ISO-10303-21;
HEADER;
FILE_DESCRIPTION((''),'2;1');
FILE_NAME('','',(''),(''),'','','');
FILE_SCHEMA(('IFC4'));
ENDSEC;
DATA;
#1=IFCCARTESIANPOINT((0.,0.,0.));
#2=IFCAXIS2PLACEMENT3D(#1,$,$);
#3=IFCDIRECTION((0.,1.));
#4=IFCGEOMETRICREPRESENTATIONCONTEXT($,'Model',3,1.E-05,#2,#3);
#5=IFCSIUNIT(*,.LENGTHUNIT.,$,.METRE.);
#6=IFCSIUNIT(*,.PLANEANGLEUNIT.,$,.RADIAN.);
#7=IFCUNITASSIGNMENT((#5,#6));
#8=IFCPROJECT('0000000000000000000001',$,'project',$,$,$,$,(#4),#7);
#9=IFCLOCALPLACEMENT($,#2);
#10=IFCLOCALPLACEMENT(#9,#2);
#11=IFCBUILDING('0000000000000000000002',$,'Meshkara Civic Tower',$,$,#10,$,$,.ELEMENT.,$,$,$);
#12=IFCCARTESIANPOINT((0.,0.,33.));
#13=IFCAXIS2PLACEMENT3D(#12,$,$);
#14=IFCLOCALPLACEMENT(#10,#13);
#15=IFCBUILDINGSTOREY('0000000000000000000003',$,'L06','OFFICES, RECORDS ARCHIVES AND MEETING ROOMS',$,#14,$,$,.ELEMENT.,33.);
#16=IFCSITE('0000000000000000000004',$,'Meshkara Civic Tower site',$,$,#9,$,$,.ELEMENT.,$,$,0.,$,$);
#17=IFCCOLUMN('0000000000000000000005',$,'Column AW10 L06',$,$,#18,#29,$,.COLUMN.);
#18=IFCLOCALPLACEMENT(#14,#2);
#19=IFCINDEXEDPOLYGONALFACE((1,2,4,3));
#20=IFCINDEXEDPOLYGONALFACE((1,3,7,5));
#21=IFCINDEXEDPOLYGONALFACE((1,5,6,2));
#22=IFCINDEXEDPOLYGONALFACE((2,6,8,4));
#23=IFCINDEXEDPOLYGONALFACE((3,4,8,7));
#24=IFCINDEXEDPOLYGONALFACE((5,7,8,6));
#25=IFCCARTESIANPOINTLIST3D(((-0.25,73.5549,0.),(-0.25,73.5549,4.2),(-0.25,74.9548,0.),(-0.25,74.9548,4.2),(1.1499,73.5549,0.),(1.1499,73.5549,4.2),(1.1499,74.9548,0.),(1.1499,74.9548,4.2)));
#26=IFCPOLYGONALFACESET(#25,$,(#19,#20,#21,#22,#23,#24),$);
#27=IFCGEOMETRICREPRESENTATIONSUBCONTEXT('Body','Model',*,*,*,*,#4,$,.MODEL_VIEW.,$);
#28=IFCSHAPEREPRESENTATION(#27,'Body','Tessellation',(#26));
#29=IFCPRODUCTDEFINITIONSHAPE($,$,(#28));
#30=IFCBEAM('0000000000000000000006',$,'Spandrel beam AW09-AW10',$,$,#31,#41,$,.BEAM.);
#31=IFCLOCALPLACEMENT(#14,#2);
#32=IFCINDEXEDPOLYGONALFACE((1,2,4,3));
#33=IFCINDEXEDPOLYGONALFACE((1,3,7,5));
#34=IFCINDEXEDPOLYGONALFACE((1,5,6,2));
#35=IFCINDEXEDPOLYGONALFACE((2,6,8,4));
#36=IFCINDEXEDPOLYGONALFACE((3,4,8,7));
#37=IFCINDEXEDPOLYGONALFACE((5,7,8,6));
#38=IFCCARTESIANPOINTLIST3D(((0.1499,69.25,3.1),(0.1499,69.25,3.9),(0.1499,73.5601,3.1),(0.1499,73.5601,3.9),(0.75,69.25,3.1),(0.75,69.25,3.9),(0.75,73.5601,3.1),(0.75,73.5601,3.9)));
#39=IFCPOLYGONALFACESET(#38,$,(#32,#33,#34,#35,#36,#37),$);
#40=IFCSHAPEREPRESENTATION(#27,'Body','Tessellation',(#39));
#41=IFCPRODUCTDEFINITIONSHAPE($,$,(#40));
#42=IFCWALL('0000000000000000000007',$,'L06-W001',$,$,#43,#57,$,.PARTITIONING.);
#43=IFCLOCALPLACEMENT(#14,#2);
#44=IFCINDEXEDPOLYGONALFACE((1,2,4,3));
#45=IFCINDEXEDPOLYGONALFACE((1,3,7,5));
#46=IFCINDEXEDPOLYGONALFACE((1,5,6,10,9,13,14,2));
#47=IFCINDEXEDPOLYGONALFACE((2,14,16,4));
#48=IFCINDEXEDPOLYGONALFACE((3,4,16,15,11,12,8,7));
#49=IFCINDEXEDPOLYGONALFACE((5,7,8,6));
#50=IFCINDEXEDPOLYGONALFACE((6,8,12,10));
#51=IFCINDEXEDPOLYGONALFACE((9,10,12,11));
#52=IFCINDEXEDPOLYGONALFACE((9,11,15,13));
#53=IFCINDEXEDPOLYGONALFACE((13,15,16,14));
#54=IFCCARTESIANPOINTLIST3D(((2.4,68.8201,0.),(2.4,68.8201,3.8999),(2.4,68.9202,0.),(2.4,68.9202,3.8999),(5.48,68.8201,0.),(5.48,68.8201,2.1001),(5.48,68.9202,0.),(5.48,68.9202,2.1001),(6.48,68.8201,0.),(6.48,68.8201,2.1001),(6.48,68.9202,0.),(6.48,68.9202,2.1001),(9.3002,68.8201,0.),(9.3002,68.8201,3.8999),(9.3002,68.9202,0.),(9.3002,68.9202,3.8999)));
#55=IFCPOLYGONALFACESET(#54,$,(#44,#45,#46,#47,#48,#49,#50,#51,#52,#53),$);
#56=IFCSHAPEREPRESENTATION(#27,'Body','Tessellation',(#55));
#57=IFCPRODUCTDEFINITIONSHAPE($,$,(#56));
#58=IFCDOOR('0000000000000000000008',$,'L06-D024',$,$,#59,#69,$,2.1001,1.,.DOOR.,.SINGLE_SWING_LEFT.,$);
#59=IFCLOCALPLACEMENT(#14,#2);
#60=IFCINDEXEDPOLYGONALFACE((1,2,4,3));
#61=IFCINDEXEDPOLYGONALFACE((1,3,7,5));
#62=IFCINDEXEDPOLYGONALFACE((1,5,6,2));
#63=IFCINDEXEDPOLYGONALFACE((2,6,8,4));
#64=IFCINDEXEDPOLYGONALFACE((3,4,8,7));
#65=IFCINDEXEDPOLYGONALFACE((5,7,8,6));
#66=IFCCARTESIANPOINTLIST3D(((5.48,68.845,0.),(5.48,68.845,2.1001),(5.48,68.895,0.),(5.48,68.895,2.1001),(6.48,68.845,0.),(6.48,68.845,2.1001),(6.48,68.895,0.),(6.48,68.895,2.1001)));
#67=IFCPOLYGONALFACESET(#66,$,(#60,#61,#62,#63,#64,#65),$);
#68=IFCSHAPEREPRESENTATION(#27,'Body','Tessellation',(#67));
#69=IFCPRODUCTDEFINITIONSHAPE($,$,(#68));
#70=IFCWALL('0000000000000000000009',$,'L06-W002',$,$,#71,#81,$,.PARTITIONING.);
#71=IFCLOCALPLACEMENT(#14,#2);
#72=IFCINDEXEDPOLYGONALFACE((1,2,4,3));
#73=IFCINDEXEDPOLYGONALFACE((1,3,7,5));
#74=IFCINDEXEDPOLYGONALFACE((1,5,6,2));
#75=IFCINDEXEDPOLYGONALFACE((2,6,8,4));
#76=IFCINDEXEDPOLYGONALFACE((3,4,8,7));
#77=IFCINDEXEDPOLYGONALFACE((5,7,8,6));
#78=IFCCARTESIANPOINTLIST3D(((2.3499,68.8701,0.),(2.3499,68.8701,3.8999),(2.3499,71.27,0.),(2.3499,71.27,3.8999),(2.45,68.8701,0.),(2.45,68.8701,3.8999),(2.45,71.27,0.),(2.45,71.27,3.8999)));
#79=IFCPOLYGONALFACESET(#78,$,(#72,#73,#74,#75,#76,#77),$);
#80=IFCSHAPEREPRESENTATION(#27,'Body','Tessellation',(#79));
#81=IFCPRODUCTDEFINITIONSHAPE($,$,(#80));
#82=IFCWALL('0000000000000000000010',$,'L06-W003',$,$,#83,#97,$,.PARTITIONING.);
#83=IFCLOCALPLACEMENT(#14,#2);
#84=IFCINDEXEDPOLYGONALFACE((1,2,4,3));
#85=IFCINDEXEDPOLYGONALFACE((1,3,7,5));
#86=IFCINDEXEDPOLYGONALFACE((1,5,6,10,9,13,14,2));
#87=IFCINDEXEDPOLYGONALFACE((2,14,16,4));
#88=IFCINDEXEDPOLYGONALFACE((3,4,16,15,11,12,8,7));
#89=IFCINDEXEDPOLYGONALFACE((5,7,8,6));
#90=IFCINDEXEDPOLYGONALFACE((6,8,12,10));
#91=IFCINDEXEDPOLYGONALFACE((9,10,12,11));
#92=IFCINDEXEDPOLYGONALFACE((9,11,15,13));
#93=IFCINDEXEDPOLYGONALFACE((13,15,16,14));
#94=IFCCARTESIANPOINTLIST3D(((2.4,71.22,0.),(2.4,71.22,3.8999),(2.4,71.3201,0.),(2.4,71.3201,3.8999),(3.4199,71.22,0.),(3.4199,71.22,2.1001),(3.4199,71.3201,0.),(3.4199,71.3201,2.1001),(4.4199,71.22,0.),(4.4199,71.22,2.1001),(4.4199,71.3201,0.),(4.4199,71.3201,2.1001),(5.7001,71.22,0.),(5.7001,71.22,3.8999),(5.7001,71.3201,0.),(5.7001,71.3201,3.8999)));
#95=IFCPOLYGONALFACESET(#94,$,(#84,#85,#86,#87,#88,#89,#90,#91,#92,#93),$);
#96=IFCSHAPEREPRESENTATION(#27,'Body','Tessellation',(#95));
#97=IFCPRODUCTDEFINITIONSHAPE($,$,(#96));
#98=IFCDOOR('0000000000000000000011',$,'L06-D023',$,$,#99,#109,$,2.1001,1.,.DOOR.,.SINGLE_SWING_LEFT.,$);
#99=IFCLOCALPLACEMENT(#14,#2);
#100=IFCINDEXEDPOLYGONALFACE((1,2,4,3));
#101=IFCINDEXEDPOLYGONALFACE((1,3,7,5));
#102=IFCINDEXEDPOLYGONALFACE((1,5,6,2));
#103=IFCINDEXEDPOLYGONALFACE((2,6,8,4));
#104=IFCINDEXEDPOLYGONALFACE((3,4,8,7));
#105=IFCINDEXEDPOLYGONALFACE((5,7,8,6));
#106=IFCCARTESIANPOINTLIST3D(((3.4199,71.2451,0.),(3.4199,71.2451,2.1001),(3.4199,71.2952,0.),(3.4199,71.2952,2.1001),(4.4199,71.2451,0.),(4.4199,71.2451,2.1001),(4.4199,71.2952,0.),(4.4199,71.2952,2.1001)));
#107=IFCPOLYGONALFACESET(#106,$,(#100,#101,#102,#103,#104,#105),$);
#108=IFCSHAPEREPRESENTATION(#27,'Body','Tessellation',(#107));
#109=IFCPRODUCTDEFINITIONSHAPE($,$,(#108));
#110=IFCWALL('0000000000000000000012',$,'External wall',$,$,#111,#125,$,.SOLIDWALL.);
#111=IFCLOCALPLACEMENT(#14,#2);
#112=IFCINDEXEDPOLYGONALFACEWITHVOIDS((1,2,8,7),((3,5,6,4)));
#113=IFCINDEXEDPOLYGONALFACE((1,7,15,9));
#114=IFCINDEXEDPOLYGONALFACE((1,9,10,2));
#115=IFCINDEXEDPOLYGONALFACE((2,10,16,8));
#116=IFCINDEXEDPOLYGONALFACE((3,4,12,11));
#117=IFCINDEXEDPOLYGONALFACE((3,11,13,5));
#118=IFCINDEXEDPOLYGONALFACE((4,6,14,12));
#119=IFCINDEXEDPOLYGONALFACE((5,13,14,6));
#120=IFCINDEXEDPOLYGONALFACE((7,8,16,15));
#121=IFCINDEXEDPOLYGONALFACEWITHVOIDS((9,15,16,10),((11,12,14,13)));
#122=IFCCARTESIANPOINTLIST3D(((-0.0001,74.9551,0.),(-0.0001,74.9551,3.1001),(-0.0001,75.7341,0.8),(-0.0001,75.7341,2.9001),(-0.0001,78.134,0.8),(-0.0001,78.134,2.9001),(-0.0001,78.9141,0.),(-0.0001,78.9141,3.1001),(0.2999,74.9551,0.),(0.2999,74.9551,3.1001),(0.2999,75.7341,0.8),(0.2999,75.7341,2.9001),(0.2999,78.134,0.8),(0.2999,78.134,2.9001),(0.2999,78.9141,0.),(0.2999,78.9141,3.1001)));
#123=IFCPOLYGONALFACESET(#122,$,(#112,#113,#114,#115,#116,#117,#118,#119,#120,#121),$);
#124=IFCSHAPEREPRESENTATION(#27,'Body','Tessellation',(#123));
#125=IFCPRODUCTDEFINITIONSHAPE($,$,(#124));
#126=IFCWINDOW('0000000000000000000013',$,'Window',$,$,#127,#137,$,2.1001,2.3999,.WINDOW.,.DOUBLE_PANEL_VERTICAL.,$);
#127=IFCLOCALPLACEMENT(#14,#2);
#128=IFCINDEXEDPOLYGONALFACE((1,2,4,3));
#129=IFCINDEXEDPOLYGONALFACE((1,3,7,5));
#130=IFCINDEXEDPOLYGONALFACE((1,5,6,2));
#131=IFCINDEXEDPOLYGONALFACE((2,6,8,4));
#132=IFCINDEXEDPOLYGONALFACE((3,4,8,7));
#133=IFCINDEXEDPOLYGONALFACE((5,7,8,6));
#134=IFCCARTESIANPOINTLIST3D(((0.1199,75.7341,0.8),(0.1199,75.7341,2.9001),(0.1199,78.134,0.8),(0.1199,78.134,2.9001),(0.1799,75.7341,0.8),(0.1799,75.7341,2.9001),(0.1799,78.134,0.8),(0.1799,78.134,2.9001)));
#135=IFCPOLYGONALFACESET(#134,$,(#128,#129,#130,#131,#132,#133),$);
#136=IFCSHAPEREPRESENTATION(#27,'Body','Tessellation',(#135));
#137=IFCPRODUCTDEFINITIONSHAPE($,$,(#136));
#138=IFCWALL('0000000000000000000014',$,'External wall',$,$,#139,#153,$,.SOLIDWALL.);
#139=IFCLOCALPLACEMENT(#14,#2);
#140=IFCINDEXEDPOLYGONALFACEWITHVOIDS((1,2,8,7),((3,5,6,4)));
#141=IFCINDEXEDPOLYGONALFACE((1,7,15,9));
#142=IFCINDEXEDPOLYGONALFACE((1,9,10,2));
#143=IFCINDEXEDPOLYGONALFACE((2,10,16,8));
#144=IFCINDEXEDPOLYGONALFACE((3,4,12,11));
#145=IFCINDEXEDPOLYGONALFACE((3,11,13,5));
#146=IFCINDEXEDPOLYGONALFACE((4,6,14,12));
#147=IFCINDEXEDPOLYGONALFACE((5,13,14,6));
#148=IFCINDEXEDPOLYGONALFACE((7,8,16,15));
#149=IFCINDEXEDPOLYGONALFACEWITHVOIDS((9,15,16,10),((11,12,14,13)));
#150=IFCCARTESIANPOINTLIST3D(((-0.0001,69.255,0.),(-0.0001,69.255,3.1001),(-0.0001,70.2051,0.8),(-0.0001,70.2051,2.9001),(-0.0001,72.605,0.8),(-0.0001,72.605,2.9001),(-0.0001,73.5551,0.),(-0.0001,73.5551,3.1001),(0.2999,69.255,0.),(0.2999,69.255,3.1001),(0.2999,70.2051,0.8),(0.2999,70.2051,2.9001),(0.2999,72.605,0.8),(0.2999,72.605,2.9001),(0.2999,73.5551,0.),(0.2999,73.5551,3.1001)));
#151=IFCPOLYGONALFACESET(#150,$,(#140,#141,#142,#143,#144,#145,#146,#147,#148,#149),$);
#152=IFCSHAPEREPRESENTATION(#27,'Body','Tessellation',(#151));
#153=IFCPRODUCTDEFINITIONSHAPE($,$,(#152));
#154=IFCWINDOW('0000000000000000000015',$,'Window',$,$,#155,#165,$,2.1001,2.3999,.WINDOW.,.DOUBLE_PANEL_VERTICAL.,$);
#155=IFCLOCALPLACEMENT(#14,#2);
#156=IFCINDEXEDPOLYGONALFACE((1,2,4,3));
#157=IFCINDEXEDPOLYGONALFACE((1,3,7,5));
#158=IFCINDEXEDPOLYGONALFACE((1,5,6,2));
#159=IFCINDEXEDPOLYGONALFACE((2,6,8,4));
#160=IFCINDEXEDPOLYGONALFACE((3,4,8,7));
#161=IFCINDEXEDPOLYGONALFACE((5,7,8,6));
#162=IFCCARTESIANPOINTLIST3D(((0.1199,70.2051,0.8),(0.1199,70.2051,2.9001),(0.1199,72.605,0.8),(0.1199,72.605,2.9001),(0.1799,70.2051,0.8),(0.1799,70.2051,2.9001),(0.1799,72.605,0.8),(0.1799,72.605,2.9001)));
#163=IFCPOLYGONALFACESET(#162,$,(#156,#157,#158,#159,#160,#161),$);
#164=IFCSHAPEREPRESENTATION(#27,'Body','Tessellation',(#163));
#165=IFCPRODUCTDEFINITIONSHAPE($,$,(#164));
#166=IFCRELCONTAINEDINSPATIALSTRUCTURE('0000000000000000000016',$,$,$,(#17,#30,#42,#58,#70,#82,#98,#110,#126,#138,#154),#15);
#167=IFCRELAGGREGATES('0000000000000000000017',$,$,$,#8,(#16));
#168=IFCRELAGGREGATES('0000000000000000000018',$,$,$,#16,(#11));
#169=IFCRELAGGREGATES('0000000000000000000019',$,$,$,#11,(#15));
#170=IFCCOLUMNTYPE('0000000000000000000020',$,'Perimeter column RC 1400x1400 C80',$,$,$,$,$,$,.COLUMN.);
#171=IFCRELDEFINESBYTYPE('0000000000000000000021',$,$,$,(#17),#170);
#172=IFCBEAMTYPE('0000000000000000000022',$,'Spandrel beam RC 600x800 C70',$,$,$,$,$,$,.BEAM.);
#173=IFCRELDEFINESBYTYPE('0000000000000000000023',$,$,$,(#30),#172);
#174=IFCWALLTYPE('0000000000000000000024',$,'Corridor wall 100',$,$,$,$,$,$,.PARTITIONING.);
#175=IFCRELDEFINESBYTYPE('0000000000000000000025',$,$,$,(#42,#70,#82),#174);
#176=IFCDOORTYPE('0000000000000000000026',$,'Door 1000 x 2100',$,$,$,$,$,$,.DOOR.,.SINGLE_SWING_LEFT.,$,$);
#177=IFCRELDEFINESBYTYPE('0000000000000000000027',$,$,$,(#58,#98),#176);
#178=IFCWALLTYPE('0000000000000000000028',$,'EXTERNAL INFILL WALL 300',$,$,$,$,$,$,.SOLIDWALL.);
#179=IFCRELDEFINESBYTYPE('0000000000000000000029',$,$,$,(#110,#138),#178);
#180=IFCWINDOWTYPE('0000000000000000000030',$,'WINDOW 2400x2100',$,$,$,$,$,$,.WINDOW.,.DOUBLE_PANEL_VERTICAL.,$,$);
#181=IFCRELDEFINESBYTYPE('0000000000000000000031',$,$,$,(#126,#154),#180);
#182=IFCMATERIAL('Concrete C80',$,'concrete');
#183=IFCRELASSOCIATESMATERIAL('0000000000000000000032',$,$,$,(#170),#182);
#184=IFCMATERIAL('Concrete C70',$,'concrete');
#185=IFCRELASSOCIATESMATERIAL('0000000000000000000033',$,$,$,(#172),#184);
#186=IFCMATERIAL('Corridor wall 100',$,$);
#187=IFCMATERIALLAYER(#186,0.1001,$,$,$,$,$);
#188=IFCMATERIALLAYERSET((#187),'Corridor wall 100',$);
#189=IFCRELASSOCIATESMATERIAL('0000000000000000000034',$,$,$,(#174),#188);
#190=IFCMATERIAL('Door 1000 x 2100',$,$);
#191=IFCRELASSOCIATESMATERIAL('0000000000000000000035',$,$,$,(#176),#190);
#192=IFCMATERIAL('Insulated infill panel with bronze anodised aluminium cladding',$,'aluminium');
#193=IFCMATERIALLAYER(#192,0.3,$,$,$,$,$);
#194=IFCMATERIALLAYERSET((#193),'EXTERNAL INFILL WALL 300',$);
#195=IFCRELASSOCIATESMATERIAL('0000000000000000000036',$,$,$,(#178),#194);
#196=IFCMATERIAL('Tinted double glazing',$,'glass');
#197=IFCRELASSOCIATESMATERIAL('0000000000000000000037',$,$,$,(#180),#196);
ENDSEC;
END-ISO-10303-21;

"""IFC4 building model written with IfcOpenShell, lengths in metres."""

from ifc_helpers import new_model, si_unit, direction, frame, frame_2d, origin, origin_2d, place, context, subcontext, project, spatial, rectangle, extrude, material, layer, layer_set, material_profile, profile_set, type_object, element, fill, save


model = new_model("IFC4")

# Units and contexts
model_context = context("Model", 3, precision=1e-05, world=origin(), true_north=direction((0.0, 1.0)))
body_context = subcontext(model_context, "Body", "Model", "MODEL_VIEW")
ifc_project = project(units=[si_unit("LENGTHUNIT", "METRE"), si_unit("PLANEANGLEUNIT", "RADIAN")], contexts=[model_context])

# Site, building, storey
site_placement = place(None, origin())
site = spatial("IfcSite", under=ifc_project, at=site_placement, Name="Meshkara Civic Tower site", CompositionType="ELEMENT", RefElevation=0.0)
building_placement = place(site_placement, origin())
building = spatial("IfcBuilding", under=site, at=building_placement, Name="Meshkara Civic Tower", CompositionType="ELEMENT")
storey_placement = place(building_placement, frame((0.0, 0.0, 33.0)))
storey = spatial("IfcBuildingStorey", under=building, at=storey_placement, Name="L06", Description="OFFICES, RECORDS ARCHIVES AND MEETING ROOMS", CompositionType="ELEMENT", Elevation=33.0)

# Column
ifc_material_1 = material(Name="Concrete C80", Category="concrete")
ifc_material_profile_1 = material_profile(ifc_material_1, rectangle(XDim=1.3999, YDim=1.3999, at=origin_2d()))
ifc_profile_set_1 = profile_set([ifc_material_profile_1], Name="Concrete C80")
column_type = type_object("IfcColumnType", Name="Perimeter column RC 1400x1400 C80", PredefinedType="COLUMN", material=ifc_profile_set_1)
column_placement = place(storey_placement, frame((0.45, 74.2549, 0.0), z_axis=(0.0, 0.0, 1.0), x_axis=(1.0, 0.0, 0.0)))
element("IfcColumn", 1, at=column_placement, inside=storey, type_object=column_type, Name="Column AW10 L06", PredefinedType="COLUMN", context=body_context, shape_type="SweptSolid", body=[
    extrude(rectangle(XDim=1.3999, YDim=1.3999, at=origin_2d()), origin(), (0.0, 0.0, 1.0), 4.2),
])

# Beam
ifc_material_2 = material(Name="Concrete C70", Category="concrete")
ifc_material_profile_2 = material_profile(ifc_material_2, rectangle(XDim=0.6001, YDim=0.8, at=origin_2d()))
ifc_profile_set_2 = profile_set([ifc_material_profile_2], Name="Concrete C70")
beam_type = type_object("IfcBeamType", Name="Spandrel beam RC 600x800 C70", PredefinedType="BEAM", material=ifc_profile_set_2)
beam_placement = place(storey_placement, frame((0.45, 73.5601, 3.5), z_axis=(0.0, -1.0, 0.0), x_axis=(1.0, 0.0, 0.0)))
element("IfcBeam", 2, at=beam_placement, inside=storey, type_object=beam_type, Name="Spandrel beam AW09-AW10", PredefinedType="BEAM", context=body_context, shape_type="SweptSolid", body=[
    extrude(rectangle(XDim=0.6001, YDim=0.8, at=origin_2d()), origin(), (0.0, 0.0, 1.0), 4.3101),
])

# Wall, opening, door
ifc_material_3 = material(Name="Corridor wall 100")
ifc_layer_1 = layer(ifc_material_3, 0.1001)
ifc_layer_set_1 = layer_set([ifc_layer_1], Name="Corridor wall 100")
wall_type_1 = type_object("IfcWallType", Name="Corridor wall 100", PredefinedType="PARTITIONING", material=ifc_layer_set_1)
wall_1_placement = place(storey_placement, frame((2.3999, 68.8701, 0.0), z_axis=(0.0, 0.0, 1.0), x_axis=(1.0, 0.0, 0.0)))
wall_1 = element("IfcWall", 3, at=wall_1_placement, inside=storey, type_object=wall_type_1, Name="L06-W001", PredefinedType="PARTITIONING", context=body_context, shape_type="SweptSolid", body=[
    extrude(rectangle(XDim=6.9001, YDim=0.1001, at=frame_2d((3.4502, 0.0))), origin(), (0.0, 0.0, 1.0), 3.8999),
])
opening_1_placement = place(wall_1_placement, frame((3.0801, 0.0, 0.0)))
opening_1 = element("IfcOpeningElement", 4, at=opening_1_placement, cuts=wall_1, PredefinedType="OPENING", context=body_context, shape_type="SweptSolid", body=[
    extrude(rectangle(XDim=1.0, YDim=2.1001, at=frame_2d((0.5, 1.05))), frame((0.0, 0.0601, 0.0), z_axis=(0.0, -1.0, 0.0), x_axis=(1.0, 0.0, 0.0)), (0.0, 0.0, 1.0), 0.1201),
])
ifc_material_4 = material(Name="Door 1000 x 2100")
door_type_1 = type_object("IfcDoorType", Name="Door 1000 x 2100", OperationType="SINGLE_SWING_LEFT", PredefinedType="DOOR", material=ifc_material_4)
door_1_placement = place(opening_1_placement, origin())
door_1 = element("IfcDoor", 5, at=door_1_placement, inside=storey, type_object=door_type_1, Name="L06-D024", OperationType="SINGLE_SWING_LEFT", OverallHeight=2.1001, OverallWidth=1.0, PredefinedType="DOOR", context=body_context, shape_type="SweptSolid", body=[
    extrude(rectangle(XDim=1.0, YDim=2.1001, at=frame_2d((0.5, 1.05))), frame((0.0, 0.0249, 0.0), z_axis=(0.0, -1.0, 0.0), x_axis=(1.0, 0.0, 0.0)), (0.0, 0.0, 1.0), 0.05),
])
fill(opening_1, door_1)

# Wall
wall_2_placement = place(storey_placement, frame((2.3999, 71.27, 0.0), z_axis=(0.0, 0.0, 1.0), x_axis=(0.0, -1.0, 0.0)))
element("IfcWall", 6, at=wall_2_placement, inside=storey, type_object=wall_type_1, Name="L06-W002", PredefinedType="PARTITIONING", context=body_context, shape_type="SweptSolid", body=[
    extrude(rectangle(XDim=2.3999, YDim=0.1001, at=frame_2d((1.2, 0.0))), origin(), (0.0, 0.0, 1.0), 3.8999),
])

# Wall, opening, door
wall_3_placement = place(storey_placement, frame((5.7, 71.27, 0.0), z_axis=(0.0, 0.0, 1.0), x_axis=(-1.0, 0.0, 0.0)))
wall_3 = element("IfcWall", 7, at=wall_3_placement, inside=storey, type_object=wall_type_1, Name="L06-W003", PredefinedType="PARTITIONING", context=body_context, shape_type="SweptSolid", body=[
    extrude(rectangle(XDim=3.3, YDim=0.1001, at=frame_2d((1.6499, 0.0))), origin(), (0.0, 0.0, 1.0), 3.8999),
])
opening_2_placement = place(wall_3_placement, frame((1.28, 0.0, 0.0)))
opening_2 = element("IfcOpeningElement", 8, at=opening_2_placement, cuts=wall_3, PredefinedType="OPENING", context=body_context, shape_type="SweptSolid", body=[
    extrude(rectangle(XDim=1.0, YDim=2.1001, at=frame_2d((0.5, 1.05))), frame((0.0, 0.0601, 0.0), z_axis=(0.0, -1.0, 0.0), x_axis=(1.0, 0.0, 0.0)), (0.0, 0.0, 1.0), 0.1201),
])
door_2_placement = place(opening_2_placement, origin())
door_2 = element("IfcDoor", 9, at=door_2_placement, inside=storey, type_object=door_type_1, Name="L06-D023", OperationType="SINGLE_SWING_LEFT", OverallHeight=2.1001, OverallWidth=1.0, PredefinedType="DOOR", context=body_context, shape_type="SweptSolid", body=[
    extrude(rectangle(XDim=1.0, YDim=2.1001, at=frame_2d((0.5, 1.05))), frame((0.0, 0.0249, 0.0), z_axis=(0.0, -1.0, 0.0), x_axis=(1.0, 0.0, 0.0)), (0.0, 0.0, 1.0), 0.05),
])
fill(opening_2, door_2)

# Walls, openings, windows
ifc_material_5 = material(Name="Insulated infill panel with bronze anodised aluminium cladding", Category="aluminium")
ifc_layer_2 = layer(ifc_material_5, 0.3)
ifc_layer_set_2 = layer_set([ifc_layer_2], Name="EXTERNAL INFILL WALL 300")
wall_type_2 = type_object("IfcWallType", Name="EXTERNAL INFILL WALL 300", PredefinedType="SOLIDWALL", material=ifc_layer_set_2)
wall_4_placement = place(storey_placement, frame((0.1499, 78.9141, 0.0), z_axis=(0.0, 0.0, 1.0), x_axis=(0.0, -1.0, 0.0)))
wall_4 = element("IfcWall", 10, at=wall_4_placement, inside=storey, type_object=wall_type_2, Name="External wall", PredefinedType="SOLIDWALL", context=body_context, shape_type="SweptSolid", body=[
    extrude(rectangle(XDim=3.959, YDim=0.3, at=frame_2d((1.9795, 0.0))), origin(), (0.0, 0.0, 1.0), 3.1001),
])
opening_3_placement = place(wall_4_placement, frame((0.78, 0.0, 0.8)))
opening_3 = element("IfcOpeningElement", 11, at=opening_3_placement, cuts=wall_4, PredefinedType="OPENING", context=body_context, shape_type="SweptSolid", body=[
    extrude(rectangle(XDim=2.3999, YDim=2.1001, at=frame_2d((1.2, 1.05))), frame((0.0, 0.1599, 0.0), z_axis=(0.0, -1.0, 0.0), x_axis=(1.0, 0.0, 0.0)), (0.0, 0.0, 1.0), 0.3201),
])
ifc_material_6 = material(Name="Tinted double glazing", Category="glass")
window_type = type_object("IfcWindowType", Name="WINDOW 2400x2100", PartitioningType="DOUBLE_PANEL_VERTICAL", PredefinedType="WINDOW", material=ifc_material_6)
window_1_placement = place(opening_3_placement, origin())
window_1 = element("IfcWindow", 12, at=window_1_placement, inside=storey, type_object=window_type, Name="Window", OverallHeight=2.1001, OverallWidth=2.3999, PartitioningType="DOUBLE_PANEL_VERTICAL", PredefinedType="WINDOW", context=body_context, shape_type="SweptSolid", body=[
    extrude(rectangle(XDim=2.3999, YDim=2.1001, at=frame_2d((1.2, 1.05))), frame((0.0, 0.03, 0.0), z_axis=(0.0, -1.0, 0.0), x_axis=(1.0, 0.0, 0.0)), (0.0, 0.0, 1.0), 0.0601),
])
fill(opening_3, window_1)
wall_5_placement = place(storey_placement, frame((0.1499, 73.5549, 0.0), z_axis=(0.0, 0.0, 1.0), x_axis=(0.0, -1.0, 0.0)))
wall_5 = element("IfcWall", 13, at=wall_5_placement, inside=storey, type_object=wall_type_2, Name="External wall", PredefinedType="SOLIDWALL", context=body_context, shape_type="SweptSolid", body=[
    extrude(rectangle(XDim=4.3, YDim=0.3, at=frame_2d((2.1499, 0.0))), origin(), (0.0, 0.0, 1.0), 3.1001),
])
opening_4_placement = place(wall_5_placement, frame((0.95, 0.0, 0.8)))
opening_4 = element("IfcOpeningElement", 14, at=opening_4_placement, cuts=wall_5, PredefinedType="OPENING", context=body_context, shape_type="SweptSolid", body=[
    extrude(rectangle(XDim=2.3999, YDim=2.1001, at=frame_2d((1.2, 1.05))), frame((0.0, 0.1599, 0.0), z_axis=(0.0, -1.0, 0.0), x_axis=(1.0, 0.0, 0.0)), (0.0, 0.0, 1.0), 0.3201),
])
window_2_placement = place(opening_4_placement, origin())
window_2 = element("IfcWindow", 15, at=window_2_placement, inside=storey, type_object=window_type, Name="Window", OverallHeight=2.1001, OverallWidth=2.3999, PartitioningType="DOUBLE_PANEL_VERTICAL", PredefinedType="WINDOW", context=body_context, shape_type="SweptSolid", body=[
    extrude(rectangle(XDim=2.3999, YDim=2.1001, at=frame_2d((1.2, 1.05))), frame((0.0, 0.03, 0.0), z_axis=(0.0, -1.0, 0.0), x_axis=(1.0, 0.0, 0.0)), (0.0, 0.0, 1.0), 0.0601),
])
fill(opening_4, window_2)

save(model, "model.ifc")
